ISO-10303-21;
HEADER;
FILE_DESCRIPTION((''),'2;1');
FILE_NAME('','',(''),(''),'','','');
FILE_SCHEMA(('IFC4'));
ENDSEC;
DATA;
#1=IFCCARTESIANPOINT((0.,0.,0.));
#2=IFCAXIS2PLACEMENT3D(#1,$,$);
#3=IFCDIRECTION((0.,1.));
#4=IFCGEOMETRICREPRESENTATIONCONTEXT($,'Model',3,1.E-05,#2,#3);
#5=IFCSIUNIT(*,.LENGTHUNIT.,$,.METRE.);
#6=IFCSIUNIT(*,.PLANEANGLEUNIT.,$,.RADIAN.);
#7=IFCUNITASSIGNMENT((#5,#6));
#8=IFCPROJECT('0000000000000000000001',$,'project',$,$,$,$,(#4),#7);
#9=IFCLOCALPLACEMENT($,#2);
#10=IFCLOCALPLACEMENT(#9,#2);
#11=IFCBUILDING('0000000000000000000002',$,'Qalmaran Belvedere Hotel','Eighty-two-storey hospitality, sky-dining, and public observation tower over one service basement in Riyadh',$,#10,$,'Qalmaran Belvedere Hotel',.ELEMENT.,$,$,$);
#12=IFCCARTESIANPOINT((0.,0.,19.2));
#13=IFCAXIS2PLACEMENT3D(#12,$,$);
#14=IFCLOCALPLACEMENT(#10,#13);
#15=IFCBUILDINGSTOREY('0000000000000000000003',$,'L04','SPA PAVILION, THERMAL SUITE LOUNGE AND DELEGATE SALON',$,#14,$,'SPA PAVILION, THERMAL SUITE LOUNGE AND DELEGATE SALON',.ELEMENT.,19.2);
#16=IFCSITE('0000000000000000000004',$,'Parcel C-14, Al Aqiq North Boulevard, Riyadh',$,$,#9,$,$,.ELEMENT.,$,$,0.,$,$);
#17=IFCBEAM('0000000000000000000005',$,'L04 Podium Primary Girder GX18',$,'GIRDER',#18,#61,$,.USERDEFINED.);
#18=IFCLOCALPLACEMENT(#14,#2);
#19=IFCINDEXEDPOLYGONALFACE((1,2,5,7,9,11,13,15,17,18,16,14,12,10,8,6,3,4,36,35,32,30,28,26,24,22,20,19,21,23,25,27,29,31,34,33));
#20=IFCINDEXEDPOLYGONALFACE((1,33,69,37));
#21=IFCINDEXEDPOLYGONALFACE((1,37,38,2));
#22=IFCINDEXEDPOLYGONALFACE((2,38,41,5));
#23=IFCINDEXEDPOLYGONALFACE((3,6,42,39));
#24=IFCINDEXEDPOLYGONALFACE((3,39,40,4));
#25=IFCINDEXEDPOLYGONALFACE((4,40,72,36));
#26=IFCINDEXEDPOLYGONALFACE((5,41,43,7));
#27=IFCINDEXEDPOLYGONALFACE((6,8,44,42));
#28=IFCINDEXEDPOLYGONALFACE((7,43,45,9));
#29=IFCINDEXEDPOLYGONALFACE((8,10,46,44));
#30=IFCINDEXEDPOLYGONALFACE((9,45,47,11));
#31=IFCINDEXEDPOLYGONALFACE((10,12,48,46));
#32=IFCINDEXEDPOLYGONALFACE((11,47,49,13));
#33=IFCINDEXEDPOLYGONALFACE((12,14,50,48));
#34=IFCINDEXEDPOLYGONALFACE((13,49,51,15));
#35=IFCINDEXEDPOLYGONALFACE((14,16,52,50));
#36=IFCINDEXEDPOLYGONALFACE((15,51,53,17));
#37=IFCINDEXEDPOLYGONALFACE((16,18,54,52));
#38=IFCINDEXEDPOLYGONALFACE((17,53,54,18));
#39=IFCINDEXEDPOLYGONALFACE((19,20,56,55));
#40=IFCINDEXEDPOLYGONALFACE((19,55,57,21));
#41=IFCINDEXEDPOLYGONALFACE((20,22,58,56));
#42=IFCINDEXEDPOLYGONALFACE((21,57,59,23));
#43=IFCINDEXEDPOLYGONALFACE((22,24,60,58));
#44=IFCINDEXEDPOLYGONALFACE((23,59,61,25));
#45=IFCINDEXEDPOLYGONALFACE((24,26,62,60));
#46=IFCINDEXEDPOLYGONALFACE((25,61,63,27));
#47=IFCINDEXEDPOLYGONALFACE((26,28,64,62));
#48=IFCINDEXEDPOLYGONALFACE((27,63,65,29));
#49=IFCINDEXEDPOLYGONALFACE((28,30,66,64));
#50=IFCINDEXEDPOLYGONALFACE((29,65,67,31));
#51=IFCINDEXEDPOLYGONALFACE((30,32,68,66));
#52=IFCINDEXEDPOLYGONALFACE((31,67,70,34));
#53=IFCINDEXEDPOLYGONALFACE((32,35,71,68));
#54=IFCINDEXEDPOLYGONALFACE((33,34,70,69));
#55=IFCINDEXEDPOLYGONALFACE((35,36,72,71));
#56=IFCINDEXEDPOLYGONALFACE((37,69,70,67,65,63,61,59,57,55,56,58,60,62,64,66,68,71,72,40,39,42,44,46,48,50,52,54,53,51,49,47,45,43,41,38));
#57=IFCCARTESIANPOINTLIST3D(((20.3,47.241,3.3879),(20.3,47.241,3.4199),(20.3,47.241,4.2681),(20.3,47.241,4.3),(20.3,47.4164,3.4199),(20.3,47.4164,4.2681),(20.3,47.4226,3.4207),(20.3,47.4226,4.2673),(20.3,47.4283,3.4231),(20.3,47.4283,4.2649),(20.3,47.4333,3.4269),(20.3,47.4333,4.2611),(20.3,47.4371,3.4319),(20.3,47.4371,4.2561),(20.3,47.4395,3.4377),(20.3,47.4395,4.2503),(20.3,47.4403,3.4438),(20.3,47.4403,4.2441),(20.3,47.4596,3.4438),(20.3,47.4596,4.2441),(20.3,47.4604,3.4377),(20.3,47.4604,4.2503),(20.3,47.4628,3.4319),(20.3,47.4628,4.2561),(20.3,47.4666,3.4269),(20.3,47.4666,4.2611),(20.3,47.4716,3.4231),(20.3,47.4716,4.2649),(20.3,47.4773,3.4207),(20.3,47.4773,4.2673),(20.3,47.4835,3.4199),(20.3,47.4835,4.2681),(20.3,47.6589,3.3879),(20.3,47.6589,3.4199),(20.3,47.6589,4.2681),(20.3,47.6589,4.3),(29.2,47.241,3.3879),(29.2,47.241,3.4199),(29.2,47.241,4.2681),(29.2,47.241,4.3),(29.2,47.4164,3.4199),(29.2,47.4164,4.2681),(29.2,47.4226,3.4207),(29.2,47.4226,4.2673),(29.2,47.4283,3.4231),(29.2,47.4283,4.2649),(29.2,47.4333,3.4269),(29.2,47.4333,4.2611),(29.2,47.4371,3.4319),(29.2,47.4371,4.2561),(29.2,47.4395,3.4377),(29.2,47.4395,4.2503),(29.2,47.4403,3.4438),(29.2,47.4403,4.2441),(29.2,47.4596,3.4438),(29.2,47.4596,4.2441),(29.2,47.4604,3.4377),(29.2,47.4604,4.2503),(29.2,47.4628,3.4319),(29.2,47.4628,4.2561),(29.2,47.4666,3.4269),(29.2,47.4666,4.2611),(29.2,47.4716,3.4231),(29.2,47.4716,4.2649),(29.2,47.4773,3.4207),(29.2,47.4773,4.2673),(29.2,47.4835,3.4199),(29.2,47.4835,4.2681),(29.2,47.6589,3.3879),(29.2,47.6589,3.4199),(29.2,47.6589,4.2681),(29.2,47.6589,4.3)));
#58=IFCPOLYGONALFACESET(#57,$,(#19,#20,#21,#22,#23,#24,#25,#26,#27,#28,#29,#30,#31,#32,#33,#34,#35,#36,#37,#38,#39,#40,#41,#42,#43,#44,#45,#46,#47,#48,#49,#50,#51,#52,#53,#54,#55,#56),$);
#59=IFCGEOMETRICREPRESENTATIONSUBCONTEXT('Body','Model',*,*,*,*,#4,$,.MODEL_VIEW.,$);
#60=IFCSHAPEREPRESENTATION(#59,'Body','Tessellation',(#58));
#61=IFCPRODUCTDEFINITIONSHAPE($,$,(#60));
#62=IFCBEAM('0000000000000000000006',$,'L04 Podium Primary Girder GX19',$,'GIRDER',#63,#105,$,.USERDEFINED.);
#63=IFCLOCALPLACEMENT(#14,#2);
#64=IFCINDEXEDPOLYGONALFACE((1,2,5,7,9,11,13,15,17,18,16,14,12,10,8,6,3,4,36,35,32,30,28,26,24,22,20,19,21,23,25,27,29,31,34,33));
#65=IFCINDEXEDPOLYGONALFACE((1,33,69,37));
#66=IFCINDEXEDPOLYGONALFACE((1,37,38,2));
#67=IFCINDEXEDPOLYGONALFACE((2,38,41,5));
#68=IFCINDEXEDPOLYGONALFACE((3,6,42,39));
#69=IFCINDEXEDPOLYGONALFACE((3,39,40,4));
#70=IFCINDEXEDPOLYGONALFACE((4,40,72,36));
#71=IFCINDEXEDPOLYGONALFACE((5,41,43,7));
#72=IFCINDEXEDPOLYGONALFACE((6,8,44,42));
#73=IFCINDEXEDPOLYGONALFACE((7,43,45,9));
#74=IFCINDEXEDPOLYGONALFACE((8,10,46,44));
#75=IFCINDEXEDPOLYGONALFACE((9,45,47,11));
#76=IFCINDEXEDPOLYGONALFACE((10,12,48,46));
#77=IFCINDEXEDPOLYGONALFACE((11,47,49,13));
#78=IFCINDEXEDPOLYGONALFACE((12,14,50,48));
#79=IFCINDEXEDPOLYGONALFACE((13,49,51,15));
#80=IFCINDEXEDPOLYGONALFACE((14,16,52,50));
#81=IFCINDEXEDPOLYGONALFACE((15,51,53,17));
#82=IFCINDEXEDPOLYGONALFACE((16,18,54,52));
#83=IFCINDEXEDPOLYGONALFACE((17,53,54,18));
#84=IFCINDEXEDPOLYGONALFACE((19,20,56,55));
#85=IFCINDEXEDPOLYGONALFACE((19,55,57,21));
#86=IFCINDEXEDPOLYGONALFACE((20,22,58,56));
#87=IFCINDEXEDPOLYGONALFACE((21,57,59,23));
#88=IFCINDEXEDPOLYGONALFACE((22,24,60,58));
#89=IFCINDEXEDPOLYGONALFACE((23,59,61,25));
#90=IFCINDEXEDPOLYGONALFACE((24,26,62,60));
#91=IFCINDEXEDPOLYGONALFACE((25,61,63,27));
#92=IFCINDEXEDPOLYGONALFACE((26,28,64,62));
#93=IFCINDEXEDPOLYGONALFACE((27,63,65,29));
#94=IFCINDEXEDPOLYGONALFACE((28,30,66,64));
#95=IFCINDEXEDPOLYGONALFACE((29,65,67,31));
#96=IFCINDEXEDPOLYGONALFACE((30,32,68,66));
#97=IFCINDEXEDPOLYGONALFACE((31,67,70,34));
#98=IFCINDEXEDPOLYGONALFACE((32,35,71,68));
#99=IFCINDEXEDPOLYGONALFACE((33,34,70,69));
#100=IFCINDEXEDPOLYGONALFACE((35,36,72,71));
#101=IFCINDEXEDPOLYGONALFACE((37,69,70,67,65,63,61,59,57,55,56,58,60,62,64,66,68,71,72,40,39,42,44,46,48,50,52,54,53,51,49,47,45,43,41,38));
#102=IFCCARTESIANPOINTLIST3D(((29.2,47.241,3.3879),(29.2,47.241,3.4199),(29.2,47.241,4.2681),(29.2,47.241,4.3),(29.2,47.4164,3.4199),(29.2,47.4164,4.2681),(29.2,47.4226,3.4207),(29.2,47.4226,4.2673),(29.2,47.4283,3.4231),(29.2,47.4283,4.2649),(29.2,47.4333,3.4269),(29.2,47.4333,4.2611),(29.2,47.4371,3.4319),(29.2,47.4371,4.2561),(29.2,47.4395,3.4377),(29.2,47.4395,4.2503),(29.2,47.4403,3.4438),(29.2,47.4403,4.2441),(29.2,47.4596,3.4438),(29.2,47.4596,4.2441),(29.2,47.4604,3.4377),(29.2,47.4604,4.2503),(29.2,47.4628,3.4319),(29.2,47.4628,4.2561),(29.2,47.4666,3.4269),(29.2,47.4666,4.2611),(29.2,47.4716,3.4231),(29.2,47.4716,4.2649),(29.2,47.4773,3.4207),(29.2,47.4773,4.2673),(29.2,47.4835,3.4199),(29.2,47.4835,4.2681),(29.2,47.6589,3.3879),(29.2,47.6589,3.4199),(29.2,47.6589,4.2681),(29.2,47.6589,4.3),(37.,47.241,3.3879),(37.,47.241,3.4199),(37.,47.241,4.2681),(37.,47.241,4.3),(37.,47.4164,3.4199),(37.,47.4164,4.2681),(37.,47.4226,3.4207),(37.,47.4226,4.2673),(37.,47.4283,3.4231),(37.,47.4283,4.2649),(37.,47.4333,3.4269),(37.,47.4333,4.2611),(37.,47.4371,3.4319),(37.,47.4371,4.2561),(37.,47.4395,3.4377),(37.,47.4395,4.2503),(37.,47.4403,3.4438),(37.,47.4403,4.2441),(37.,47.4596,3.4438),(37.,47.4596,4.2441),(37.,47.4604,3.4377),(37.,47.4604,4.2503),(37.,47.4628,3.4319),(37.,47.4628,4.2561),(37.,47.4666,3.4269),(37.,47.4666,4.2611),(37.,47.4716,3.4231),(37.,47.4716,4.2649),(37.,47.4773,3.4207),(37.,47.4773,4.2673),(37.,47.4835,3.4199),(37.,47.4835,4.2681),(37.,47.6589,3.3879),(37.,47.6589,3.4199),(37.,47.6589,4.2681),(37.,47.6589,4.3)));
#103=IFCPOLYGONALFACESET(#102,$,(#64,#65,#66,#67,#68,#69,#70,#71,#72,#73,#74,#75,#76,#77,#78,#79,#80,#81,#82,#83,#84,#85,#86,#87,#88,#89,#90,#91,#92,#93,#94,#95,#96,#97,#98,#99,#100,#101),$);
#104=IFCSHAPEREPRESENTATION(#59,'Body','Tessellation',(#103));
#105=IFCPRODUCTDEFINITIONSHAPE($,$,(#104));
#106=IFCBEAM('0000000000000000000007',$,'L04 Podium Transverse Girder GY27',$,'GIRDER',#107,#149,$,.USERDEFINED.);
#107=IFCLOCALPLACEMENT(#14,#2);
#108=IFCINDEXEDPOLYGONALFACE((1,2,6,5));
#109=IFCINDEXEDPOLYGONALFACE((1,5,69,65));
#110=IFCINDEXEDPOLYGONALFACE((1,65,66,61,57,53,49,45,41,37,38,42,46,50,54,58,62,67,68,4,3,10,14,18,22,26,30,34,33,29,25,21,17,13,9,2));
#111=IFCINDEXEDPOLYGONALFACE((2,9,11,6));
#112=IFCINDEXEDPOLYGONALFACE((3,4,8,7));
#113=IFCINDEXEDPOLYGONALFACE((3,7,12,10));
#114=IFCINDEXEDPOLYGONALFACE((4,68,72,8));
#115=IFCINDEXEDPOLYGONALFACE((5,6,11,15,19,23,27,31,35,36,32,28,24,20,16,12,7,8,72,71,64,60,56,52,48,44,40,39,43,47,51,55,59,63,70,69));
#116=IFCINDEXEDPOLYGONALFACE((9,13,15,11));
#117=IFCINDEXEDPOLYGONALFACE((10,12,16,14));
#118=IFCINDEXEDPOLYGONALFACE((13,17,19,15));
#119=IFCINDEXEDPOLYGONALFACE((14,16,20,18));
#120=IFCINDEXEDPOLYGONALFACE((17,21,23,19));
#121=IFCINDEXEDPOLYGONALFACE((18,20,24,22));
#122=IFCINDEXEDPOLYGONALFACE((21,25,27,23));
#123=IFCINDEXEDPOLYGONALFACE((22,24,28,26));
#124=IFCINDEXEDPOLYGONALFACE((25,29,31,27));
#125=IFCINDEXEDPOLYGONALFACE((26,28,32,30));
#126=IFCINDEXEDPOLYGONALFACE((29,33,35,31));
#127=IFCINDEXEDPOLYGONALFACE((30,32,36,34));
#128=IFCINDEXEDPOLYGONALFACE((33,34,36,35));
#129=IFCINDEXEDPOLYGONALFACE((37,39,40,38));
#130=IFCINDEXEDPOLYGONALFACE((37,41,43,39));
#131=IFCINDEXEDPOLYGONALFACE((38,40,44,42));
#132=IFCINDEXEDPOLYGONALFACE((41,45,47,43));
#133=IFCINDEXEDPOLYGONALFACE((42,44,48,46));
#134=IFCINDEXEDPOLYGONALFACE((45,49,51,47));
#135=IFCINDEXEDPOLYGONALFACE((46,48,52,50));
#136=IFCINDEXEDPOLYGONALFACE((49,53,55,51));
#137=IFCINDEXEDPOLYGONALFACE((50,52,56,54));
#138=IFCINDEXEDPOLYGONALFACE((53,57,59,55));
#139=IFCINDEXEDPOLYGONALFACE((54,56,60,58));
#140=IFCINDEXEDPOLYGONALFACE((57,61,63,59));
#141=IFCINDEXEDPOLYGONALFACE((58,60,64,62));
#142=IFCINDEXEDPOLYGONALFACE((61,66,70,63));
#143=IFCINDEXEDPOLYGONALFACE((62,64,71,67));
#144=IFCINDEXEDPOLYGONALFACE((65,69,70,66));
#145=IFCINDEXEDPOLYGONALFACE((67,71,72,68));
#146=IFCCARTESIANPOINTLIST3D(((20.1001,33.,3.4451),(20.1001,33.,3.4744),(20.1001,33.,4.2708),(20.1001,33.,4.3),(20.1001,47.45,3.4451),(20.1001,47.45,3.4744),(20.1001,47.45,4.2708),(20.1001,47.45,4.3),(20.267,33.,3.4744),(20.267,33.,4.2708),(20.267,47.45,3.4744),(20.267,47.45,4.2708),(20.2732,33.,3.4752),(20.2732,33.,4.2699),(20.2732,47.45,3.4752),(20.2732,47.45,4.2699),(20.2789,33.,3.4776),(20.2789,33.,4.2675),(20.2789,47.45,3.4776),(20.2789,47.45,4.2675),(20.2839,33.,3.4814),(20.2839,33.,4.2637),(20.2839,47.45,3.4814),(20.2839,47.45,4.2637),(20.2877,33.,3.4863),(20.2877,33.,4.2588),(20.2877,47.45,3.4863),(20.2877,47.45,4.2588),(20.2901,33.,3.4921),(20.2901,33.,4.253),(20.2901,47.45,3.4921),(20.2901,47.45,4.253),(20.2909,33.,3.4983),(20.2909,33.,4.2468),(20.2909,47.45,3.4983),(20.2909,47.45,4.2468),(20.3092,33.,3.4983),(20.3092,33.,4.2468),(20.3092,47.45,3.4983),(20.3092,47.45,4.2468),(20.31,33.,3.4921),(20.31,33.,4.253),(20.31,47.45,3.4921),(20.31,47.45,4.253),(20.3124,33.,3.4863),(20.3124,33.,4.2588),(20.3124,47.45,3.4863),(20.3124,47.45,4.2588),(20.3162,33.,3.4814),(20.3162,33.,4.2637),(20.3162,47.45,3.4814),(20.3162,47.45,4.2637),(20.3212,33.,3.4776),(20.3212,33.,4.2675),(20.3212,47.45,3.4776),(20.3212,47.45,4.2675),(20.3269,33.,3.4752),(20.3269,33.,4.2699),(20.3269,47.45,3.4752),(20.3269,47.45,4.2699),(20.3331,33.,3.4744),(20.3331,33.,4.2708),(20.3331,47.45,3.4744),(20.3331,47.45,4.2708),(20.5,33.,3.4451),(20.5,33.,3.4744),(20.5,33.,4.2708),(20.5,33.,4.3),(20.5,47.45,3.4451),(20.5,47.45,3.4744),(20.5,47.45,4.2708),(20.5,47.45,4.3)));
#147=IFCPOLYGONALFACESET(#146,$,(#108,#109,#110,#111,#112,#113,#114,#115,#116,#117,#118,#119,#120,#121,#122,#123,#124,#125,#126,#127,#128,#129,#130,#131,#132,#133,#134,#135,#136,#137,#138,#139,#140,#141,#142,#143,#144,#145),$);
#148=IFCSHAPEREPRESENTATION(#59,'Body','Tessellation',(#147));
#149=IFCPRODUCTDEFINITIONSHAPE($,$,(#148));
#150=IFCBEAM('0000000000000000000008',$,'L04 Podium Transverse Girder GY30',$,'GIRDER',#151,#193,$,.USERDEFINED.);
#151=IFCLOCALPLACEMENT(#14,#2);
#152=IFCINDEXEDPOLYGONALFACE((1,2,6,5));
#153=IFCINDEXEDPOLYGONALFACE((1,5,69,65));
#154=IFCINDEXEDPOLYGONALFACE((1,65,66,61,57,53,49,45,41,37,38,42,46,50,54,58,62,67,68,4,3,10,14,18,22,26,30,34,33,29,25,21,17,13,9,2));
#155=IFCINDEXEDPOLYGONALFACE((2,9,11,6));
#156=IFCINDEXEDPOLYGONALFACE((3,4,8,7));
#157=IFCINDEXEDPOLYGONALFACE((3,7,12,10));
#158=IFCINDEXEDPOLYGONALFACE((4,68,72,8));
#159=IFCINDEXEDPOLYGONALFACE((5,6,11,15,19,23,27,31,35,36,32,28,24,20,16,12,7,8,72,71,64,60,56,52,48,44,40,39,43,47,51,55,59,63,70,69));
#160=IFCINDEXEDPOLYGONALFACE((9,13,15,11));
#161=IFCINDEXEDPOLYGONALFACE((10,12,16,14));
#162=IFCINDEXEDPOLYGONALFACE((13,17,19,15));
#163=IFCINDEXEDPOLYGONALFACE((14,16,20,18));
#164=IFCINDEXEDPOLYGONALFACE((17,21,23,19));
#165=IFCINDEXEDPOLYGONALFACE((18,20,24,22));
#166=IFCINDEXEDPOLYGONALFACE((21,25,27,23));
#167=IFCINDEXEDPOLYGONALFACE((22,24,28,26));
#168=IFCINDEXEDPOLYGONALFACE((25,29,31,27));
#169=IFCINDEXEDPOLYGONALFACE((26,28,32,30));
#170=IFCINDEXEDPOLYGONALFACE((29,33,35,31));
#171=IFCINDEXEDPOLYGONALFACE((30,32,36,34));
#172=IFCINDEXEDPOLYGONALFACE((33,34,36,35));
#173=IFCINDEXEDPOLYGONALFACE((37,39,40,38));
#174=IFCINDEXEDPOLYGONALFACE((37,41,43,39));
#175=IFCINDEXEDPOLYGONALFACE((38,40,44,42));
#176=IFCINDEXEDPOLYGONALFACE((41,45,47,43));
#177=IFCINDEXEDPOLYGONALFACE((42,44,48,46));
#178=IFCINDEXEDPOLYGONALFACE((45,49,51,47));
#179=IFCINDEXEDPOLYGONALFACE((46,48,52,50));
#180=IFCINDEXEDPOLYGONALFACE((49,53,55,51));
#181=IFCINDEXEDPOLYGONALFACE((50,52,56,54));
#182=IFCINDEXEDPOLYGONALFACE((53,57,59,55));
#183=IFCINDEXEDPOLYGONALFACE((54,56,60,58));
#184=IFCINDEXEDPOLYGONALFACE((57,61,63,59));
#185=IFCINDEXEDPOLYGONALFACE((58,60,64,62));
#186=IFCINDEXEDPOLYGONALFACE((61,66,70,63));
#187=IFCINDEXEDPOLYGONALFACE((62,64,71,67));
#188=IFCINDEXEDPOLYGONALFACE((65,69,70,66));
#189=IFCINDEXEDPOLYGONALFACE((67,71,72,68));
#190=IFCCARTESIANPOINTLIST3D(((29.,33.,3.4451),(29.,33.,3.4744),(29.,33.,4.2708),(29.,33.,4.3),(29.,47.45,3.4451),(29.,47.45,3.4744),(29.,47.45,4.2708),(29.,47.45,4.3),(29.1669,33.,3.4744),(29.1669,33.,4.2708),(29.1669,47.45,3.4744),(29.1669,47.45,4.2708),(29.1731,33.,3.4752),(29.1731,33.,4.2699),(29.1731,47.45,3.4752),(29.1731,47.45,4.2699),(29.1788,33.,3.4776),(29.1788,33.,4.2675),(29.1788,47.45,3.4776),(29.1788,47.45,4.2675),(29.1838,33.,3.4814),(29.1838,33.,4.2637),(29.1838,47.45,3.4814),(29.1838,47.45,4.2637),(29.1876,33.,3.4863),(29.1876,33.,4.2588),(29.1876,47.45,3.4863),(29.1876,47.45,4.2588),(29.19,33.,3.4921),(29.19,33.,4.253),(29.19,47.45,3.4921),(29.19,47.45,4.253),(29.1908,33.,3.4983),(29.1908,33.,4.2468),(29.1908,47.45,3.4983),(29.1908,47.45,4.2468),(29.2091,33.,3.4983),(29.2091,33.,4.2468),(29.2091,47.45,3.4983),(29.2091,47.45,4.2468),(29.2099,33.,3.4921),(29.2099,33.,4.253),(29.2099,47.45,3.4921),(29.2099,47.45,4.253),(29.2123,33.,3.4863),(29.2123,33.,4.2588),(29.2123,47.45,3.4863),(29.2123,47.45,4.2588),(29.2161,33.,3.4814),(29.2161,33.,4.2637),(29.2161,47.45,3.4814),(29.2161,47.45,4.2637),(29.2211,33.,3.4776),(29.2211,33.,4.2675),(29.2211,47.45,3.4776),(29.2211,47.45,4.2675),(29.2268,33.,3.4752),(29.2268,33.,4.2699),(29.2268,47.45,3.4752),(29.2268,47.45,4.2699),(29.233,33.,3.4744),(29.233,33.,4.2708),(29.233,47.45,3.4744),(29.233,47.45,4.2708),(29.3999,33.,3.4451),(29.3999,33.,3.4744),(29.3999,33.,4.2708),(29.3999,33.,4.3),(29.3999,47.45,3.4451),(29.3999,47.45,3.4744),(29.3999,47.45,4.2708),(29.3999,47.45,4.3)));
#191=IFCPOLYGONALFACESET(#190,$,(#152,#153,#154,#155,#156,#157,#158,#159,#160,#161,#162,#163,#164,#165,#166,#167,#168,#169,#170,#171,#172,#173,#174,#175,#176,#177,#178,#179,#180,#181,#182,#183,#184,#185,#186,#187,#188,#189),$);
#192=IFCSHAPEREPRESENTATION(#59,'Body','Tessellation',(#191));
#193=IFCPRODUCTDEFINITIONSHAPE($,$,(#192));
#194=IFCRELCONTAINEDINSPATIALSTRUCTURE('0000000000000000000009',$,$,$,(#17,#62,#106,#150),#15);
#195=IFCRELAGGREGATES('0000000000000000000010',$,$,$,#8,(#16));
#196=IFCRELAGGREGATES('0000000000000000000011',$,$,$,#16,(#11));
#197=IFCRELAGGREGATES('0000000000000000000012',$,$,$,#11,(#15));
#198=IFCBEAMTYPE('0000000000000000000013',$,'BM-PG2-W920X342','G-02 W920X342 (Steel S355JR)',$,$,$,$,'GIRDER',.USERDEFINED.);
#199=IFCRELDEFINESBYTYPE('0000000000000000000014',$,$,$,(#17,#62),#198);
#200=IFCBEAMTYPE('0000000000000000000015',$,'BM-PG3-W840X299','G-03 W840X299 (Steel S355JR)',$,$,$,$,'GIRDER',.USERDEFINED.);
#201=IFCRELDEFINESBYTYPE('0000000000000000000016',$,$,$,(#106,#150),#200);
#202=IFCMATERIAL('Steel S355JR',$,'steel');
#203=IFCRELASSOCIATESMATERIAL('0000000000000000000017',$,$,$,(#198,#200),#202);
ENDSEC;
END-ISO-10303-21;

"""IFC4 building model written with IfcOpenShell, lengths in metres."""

from ifc_helpers import new_model, si_unit, direction, frame, origin, origin_2d, place, context, subcontext, project, spatial, i_section, extrude, material, material_profile, profile_set, type_object, element, save


model = new_model("IFC4")

# Units and contexts
model_context = context("Model", 3, precision=1e-05, world=origin(), true_north=direction((0.0, 1.0)))
body_context = subcontext(model_context, "Body", "Model", "MODEL_VIEW")
ifc_project = project(units=[si_unit("LENGTHUNIT", "METRE"), si_unit("PLANEANGLEUNIT", "RADIAN")], contexts=[model_context])

# Site, building, storey
site_placement = place(None, origin())
site = spatial("IfcSite", under=ifc_project, at=site_placement, Name="Parcel C-14, Al Aqiq North Boulevard, Riyadh", CompositionType="ELEMENT", RefElevation=0.0)
building_placement = place(site_placement, origin())
building = spatial("IfcBuilding", under=site, at=building_placement, Name="Qalmaran Belvedere Hotel", Description="Eighty-two-storey hospitality, sky-dining, and public observation tower over one service basement in Riyadh", LongName="Qalmaran Belvedere Hotel", CompositionType="ELEMENT")
storey_placement = place(building_placement, frame((0.0, 0.0, 19.2)))
storey = spatial("IfcBuildingStorey", under=building, at=storey_placement, Name="L04", Description="SPA PAVILION, THERMAL SUITE LOUNGE AND DELEGATE SALON", LongName="SPA PAVILION, THERMAL SUITE LOUNGE AND DELEGATE SALON", CompositionType="ELEMENT", Elevation=19.2)

# Beams
ifc_material_1 = material(Name="Steel S355JR", Category="steel")
ifc_material_profile_1 = material_profile(ifc_material_1, i_section(OverallWidth=0.418, OverallDepth=0.9121, WebThickness=0.0193, FlangeThickness=0.032, FilletRadius=0.0239, at=origin_2d()), Name="W920X342")
ifc_profile_set_1 = profile_set([ifc_material_profile_1], Name="Steel S355JR")
beam_type_1 = type_object("IfcBeamType", Name="BM-PG2-W920X342", Description="G-02 W920X342 (Steel S355JR)", ElementType="GIRDER", PredefinedType="USERDEFINED", material=ifc_profile_set_1)
beam_1_placement = place(storey_placement, frame((20.3, 47.45, 3.844), z_axis=(1.0, 0.0, 0.0), x_axis=(0.0, 1.0, 0.0)))
element("IfcBeam", 1, at=beam_1_placement, inside=storey, type_object=beam_type_1, Name="L04 Podium Primary Girder GX18", ObjectType="GIRDER", PredefinedType="USERDEFINED", context=body_context, shape_type="SweptSolid", body=[
    extrude(i_section(OverallWidth=0.418, OverallDepth=0.9121, WebThickness=0.0193, FlangeThickness=0.032, FilletRadius=0.0239, at=origin_2d()), origin(), (0.0, 0.0, 1.0), 8.8999),
])
beam_2_placement = place(storey_placement, frame((29.2, 47.45, 3.844), z_axis=(1.0, 0.0, 0.0), x_axis=(0.0, 1.0, 0.0)))
element("IfcBeam", 2, at=beam_2_placement, inside=storey, type_object=beam_type_1, Name="L04 Podium Primary Girder GX19", ObjectType="GIRDER", PredefinedType="USERDEFINED", context=body_context, shape_type="SweptSolid", body=[
    extrude(i_section(OverallWidth=0.418, OverallDepth=0.9121, WebThickness=0.0193, FlangeThickness=0.032, FilletRadius=0.0239, at=origin_2d()), origin(), (0.0, 0.0, 1.0), 7.8),
])
ifc_material_profile_2 = material_profile(ifc_material_1, i_section(OverallWidth=0.3999, OverallDepth=0.855, WebThickness=0.0183, FlangeThickness=0.0293, FilletRadius=0.0239, at=origin_2d()), Name="W840X299")
ifc_profile_set_2 = profile_set([ifc_material_profile_2], Name="Steel S355JR")
beam_type_2 = type_object("IfcBeamType", Name="BM-PG3-W840X299", Description="G-03 W840X299 (Steel S355JR)", ElementType="GIRDER", PredefinedType="USERDEFINED", material=ifc_profile_set_2)
for number, where, z_axis, x_axis, name in (
    (3, (20.3, 33.0, 3.8726), (0.0, 1.0, 0.0), (-1.0, 0.0, 0.0), "L04 Podium Transverse Girder GY27"),
    (4, (29.2, 33.0, 3.8726), (0.0, 1.0, 0.0), (-1.0, 0.0, 0.0), "L04 Podium Transverse Girder GY30"),
):
    element("IfcBeam", number, at=place(storey_placement, frame(where, z_axis=z_axis, x_axis=x_axis)), inside=storey, type_object=beam_type_2, Name=name, ObjectType="GIRDER", PredefinedType="USERDEFINED", context=body_context, shape_type="SweptSolid", body=[
        extrude(i_section(OverallWidth=0.3999, OverallDepth=0.855, WebThickness=0.0183, FlangeThickness=0.0293, FilletRadius=0.0239, at=origin_2d()), origin(), (0.0, 0.0, 1.0), 14.45),
    ])

save(model, "model.ifc")
